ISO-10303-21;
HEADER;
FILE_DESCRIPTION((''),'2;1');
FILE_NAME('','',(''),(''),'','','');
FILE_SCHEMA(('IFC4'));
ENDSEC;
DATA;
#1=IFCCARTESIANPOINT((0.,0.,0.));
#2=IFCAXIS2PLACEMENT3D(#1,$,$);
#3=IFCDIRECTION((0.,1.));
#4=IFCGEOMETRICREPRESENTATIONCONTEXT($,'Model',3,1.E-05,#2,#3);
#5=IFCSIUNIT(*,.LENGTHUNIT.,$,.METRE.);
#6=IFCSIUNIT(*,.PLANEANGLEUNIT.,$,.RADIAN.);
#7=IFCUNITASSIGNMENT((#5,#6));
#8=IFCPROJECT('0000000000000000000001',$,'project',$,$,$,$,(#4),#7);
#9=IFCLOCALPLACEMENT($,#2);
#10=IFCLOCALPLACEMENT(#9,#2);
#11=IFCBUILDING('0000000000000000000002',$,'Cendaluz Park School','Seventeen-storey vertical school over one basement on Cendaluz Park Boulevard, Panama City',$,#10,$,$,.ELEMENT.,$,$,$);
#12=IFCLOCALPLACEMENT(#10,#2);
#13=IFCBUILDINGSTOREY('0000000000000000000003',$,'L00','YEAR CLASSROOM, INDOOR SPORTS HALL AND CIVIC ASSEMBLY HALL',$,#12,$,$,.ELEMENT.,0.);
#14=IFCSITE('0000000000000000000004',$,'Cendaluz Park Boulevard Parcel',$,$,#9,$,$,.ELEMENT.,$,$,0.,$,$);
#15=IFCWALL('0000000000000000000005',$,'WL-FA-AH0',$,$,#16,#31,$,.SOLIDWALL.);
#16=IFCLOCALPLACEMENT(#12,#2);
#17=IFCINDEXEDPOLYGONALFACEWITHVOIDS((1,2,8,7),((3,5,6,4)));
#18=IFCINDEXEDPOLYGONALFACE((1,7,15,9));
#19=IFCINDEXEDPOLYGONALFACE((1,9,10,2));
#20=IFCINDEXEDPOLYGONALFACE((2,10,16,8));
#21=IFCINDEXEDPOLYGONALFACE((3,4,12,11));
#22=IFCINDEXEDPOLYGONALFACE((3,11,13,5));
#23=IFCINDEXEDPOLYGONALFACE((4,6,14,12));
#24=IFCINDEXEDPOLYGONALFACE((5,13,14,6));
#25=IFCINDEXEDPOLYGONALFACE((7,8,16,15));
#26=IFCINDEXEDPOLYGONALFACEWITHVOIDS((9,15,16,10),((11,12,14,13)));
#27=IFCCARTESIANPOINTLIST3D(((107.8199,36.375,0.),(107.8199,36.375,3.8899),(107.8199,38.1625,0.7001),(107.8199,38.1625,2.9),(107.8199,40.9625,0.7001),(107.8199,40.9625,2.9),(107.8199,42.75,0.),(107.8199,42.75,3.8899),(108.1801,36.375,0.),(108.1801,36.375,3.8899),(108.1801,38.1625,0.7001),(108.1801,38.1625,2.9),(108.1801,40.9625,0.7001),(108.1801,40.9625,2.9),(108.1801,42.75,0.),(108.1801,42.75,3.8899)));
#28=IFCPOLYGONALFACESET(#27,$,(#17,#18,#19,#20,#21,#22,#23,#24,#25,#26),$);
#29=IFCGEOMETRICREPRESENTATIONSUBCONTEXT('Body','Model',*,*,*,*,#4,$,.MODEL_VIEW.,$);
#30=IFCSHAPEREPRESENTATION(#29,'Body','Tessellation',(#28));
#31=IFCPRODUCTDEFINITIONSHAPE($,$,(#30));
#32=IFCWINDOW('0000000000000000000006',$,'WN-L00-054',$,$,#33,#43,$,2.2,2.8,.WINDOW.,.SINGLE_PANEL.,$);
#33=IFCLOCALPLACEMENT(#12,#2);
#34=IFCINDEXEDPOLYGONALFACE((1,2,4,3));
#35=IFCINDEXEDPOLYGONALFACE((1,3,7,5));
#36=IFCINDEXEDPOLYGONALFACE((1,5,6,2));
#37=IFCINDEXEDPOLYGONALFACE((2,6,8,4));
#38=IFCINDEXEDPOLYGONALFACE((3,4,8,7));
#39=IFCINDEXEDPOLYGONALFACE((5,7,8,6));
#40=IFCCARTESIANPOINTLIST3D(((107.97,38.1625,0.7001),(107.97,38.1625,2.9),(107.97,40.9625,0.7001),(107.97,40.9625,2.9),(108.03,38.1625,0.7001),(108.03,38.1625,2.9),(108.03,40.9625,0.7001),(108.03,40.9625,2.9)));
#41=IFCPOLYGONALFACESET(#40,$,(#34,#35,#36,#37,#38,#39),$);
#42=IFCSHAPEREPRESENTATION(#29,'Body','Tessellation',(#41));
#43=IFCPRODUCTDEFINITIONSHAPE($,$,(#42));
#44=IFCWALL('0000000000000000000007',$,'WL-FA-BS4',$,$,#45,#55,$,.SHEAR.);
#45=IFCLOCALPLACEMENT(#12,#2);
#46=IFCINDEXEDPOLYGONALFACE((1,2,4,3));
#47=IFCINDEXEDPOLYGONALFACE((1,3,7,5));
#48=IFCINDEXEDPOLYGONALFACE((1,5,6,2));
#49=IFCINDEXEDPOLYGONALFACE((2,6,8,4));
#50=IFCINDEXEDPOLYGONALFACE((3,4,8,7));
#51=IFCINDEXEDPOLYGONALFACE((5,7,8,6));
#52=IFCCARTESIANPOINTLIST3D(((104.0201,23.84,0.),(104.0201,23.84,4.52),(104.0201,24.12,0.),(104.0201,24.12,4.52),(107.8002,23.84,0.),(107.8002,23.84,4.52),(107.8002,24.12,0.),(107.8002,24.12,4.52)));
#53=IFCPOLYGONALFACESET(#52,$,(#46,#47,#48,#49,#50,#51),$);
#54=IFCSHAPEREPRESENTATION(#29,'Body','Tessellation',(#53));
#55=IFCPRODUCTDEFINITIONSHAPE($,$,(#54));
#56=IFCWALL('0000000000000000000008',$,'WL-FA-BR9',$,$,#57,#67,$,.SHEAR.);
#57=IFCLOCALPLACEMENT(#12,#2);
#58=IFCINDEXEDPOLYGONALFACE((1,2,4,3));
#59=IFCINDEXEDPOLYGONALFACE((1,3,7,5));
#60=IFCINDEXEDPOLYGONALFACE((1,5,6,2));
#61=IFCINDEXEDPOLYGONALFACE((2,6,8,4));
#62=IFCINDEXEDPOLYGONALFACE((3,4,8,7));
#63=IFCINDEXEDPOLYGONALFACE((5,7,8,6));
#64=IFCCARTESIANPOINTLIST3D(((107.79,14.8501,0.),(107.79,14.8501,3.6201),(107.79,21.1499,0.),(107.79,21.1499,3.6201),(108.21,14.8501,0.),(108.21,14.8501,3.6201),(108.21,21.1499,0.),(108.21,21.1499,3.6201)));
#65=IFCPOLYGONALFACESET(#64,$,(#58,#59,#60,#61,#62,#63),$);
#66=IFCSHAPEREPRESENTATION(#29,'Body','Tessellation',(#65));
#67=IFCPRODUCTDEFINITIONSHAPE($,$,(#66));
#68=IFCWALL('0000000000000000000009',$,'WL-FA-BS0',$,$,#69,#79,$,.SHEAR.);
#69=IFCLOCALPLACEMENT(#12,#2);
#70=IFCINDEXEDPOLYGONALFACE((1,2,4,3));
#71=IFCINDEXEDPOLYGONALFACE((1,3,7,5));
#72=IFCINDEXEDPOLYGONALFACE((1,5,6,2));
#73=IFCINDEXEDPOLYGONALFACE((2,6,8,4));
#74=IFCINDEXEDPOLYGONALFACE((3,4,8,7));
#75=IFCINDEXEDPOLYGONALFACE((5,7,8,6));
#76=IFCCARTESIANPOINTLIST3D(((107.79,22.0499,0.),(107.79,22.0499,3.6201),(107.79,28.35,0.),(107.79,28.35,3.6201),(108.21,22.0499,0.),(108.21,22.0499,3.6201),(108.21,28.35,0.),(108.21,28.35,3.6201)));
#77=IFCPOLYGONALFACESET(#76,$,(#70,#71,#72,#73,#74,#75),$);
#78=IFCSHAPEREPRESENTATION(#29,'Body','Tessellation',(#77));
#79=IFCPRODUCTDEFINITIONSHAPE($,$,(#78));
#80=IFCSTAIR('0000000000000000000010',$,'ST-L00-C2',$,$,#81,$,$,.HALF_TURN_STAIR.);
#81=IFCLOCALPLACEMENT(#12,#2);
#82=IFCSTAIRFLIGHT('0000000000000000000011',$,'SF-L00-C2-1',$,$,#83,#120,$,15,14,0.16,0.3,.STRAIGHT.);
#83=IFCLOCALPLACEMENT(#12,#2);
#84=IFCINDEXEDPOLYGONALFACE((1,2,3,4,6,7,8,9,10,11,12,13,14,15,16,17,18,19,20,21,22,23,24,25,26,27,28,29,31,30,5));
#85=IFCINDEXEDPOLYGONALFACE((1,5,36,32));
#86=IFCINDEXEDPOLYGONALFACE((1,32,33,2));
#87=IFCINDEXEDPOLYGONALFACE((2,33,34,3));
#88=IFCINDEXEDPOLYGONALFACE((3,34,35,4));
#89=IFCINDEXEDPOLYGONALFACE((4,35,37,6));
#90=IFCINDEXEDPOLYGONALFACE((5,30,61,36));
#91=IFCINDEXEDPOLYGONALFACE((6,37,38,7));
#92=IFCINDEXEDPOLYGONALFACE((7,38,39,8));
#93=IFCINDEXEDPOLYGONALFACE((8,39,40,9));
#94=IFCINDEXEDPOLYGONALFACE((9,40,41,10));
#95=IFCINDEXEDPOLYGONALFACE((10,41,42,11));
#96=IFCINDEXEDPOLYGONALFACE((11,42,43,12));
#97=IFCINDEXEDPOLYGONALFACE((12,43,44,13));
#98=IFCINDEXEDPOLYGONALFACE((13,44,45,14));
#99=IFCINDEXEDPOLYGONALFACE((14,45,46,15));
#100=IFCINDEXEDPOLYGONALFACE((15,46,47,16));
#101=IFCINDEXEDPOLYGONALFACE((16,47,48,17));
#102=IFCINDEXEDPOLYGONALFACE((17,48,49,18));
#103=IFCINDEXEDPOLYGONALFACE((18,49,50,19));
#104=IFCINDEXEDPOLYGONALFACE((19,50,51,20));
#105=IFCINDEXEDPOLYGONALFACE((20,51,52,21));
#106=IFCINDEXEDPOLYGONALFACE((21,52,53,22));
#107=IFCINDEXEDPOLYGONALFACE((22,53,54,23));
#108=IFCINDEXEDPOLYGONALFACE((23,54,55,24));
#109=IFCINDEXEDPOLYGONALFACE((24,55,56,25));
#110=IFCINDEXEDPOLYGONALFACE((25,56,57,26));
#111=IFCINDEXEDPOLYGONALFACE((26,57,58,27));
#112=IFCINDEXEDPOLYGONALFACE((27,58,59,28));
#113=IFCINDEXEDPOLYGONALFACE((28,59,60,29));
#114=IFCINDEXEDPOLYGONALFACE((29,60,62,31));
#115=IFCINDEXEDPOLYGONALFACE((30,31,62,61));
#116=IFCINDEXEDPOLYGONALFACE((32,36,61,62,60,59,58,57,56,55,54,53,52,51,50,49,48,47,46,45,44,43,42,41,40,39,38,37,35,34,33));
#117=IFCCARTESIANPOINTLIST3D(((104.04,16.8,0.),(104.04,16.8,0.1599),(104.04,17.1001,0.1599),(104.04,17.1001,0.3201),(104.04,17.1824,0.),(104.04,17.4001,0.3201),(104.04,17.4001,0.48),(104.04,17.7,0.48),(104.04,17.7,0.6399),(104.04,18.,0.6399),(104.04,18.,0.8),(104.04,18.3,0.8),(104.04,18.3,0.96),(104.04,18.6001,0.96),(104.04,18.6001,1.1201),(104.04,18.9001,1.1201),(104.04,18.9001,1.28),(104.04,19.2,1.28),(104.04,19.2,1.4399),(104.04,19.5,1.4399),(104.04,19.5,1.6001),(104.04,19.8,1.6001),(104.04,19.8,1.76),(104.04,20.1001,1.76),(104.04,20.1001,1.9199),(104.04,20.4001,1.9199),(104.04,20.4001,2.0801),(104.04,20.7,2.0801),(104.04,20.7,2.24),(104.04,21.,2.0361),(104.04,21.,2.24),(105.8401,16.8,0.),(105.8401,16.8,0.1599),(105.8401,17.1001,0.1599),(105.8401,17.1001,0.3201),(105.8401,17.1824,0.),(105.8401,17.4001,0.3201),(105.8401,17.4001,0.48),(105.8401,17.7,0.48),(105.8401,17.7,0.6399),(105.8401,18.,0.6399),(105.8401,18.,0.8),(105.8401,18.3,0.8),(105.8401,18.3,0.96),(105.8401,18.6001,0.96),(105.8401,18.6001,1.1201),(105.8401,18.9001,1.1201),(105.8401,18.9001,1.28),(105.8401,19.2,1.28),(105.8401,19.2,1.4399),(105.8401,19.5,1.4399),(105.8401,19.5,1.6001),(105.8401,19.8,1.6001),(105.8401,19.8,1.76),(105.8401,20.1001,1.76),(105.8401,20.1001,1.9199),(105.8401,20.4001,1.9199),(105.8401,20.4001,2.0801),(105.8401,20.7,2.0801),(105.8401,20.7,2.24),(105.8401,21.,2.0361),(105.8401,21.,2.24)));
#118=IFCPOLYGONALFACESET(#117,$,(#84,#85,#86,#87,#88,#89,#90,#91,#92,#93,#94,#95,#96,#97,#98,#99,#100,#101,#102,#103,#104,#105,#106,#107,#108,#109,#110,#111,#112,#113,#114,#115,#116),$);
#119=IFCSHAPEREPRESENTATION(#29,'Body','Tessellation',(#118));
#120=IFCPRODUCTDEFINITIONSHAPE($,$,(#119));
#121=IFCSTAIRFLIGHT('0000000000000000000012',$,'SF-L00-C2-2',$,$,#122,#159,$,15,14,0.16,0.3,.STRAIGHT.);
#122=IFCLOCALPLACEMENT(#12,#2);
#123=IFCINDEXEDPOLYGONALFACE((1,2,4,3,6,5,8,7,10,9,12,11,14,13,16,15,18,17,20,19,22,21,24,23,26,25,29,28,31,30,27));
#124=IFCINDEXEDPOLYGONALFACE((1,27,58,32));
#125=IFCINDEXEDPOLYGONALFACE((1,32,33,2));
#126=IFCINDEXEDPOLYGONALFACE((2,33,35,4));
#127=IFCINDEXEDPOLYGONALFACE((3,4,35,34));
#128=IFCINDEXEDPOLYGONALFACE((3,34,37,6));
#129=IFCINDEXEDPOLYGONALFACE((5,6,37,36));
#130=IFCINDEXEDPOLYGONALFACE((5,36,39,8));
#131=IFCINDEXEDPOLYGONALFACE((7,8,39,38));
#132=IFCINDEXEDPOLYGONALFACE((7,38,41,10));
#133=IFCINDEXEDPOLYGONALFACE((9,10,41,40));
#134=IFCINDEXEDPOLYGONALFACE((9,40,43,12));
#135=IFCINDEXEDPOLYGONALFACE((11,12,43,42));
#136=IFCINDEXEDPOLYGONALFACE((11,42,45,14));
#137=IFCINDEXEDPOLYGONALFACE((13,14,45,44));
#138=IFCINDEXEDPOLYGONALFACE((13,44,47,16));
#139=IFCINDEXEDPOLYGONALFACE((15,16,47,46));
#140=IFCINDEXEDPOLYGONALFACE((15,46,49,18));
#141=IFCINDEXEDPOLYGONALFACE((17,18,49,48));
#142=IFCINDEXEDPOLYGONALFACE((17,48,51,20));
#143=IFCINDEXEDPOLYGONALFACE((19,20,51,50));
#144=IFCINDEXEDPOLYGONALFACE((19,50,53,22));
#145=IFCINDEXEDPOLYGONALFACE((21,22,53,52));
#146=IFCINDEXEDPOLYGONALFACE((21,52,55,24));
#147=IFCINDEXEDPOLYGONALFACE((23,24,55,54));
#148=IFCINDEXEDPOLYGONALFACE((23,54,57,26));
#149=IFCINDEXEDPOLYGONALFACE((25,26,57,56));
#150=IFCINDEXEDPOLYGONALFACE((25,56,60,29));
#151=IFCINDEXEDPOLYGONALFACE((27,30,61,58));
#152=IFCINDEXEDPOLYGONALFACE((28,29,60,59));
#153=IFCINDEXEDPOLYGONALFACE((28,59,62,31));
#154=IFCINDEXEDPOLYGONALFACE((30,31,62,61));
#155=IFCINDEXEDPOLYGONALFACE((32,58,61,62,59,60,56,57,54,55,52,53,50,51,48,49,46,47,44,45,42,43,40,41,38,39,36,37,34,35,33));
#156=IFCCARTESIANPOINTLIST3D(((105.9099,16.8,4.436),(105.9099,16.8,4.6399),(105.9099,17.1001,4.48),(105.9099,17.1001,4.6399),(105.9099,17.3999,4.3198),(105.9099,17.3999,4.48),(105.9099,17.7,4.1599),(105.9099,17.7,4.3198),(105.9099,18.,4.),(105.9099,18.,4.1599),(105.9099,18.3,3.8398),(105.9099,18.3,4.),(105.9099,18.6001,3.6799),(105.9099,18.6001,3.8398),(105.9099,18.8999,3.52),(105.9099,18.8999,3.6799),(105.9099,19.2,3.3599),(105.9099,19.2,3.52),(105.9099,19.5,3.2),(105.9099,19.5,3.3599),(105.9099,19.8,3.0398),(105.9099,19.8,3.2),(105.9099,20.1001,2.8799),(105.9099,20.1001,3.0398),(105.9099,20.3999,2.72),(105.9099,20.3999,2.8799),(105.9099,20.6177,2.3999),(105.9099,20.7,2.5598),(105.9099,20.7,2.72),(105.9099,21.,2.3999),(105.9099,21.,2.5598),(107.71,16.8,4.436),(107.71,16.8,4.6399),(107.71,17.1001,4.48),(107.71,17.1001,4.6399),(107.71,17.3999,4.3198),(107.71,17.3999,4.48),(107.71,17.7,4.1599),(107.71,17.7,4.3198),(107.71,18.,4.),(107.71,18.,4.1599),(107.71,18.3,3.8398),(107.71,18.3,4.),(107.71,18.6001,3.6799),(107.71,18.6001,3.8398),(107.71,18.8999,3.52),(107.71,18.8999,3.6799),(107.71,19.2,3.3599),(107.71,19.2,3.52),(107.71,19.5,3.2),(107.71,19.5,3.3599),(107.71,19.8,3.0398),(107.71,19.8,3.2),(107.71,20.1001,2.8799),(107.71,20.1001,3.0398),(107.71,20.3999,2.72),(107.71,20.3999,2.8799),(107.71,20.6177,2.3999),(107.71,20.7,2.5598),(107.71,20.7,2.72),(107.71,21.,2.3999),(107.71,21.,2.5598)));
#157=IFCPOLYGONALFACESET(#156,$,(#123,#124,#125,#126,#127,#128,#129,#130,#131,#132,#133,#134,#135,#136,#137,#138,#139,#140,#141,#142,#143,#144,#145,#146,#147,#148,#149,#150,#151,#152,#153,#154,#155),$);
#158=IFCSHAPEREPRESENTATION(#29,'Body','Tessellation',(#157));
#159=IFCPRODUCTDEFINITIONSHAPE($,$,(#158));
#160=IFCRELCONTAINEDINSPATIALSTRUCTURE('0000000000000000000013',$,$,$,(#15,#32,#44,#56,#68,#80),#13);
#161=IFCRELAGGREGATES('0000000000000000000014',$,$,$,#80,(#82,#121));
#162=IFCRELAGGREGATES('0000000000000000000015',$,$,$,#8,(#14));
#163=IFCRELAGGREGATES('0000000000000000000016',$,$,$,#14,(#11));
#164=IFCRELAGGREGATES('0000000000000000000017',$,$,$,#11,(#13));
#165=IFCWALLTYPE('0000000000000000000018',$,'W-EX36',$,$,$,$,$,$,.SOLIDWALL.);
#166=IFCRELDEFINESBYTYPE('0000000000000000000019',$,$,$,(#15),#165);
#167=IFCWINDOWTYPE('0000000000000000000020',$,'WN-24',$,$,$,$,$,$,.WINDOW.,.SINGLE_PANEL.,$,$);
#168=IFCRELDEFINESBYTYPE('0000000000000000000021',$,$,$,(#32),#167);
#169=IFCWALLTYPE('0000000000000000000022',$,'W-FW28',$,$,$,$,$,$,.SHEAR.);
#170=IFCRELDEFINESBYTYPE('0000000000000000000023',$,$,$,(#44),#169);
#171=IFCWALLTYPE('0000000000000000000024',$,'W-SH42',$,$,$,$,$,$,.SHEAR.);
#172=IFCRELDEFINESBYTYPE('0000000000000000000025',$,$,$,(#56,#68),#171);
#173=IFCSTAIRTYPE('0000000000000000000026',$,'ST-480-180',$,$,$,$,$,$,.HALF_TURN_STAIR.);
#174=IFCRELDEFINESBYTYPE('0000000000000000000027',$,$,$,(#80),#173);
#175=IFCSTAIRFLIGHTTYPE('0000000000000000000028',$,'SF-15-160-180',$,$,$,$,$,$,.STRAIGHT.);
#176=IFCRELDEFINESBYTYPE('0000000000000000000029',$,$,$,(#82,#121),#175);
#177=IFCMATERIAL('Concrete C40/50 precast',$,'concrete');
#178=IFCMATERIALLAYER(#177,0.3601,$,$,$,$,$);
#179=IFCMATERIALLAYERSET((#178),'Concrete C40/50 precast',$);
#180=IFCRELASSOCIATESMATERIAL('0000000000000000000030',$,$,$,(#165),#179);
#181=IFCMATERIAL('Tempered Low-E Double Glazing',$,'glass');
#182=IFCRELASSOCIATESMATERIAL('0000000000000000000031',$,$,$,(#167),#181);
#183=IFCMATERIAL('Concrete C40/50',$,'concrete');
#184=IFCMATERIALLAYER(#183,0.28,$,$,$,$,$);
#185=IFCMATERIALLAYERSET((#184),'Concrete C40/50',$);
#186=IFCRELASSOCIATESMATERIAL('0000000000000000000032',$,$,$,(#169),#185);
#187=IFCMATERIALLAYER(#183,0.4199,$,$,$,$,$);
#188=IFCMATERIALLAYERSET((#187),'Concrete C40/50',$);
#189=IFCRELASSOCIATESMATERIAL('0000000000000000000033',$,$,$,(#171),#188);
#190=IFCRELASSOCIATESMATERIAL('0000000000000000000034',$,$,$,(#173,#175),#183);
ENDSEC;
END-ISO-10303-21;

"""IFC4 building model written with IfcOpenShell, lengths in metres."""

from ifc_helpers import new_model, si_unit, direction, frame, frame_2d, origin, place, context, subcontext, project, spatial, polyline, rectangle, outline, extrude, material, layer, layer_set, type_object, element, fill, aggregate, save


model = new_model("IFC4")

# Units and contexts
model_context = context("Model", 3, precision=1e-05, world=origin(), true_north=direction((0.0, 1.0)))
body_context = subcontext(model_context, "Body", "Model", "MODEL_VIEW")
ifc_project = project(units=[si_unit("LENGTHUNIT", "METRE"), si_unit("PLANEANGLEUNIT", "RADIAN")], contexts=[model_context])

# Site, building, storey
site_placement = place(None, origin())
site = spatial("IfcSite", under=ifc_project, at=site_placement, Name="Cendaluz Park Boulevard Parcel", CompositionType="ELEMENT", RefElevation=0.0)
building_placement = place(site_placement, origin())
building = spatial("IfcBuilding", under=site, at=building_placement, Name="Cendaluz Park School", Description="Seventeen-storey vertical school over one basement on Cendaluz Park Boulevard, Panama City", CompositionType="ELEMENT")
storey_placement = place(building_placement, origin())
storey = spatial("IfcBuildingStorey", under=building, at=storey_placement, Name="L00", Description="YEAR CLASSROOM, INDOOR SPORTS HALL AND CIVIC ASSEMBLY HALL", CompositionType="ELEMENT", Elevation=0.0)

# Shared definitions
ifc_material_1 = material(Name="Concrete C40/50", Category="concrete")

# Wall, opening, window
ifc_material_2 = material(Name="Concrete C40/50 precast", Category="concrete")
ifc_layer_1 = layer(ifc_material_2, 0.3601)
ifc_layer_set_1 = layer_set([ifc_layer_1], Name="Concrete C40/50 precast")
wall_type_1 = type_object("IfcWallType", Name="W-EX36", PredefinedType="SOLIDWALL", material=ifc_layer_set_1)
ifc_material_3 = material(Name="Tempered Low-E Double Glazing", Category="glass")
wall_1_placement = place(storey_placement, frame((108.0, 36.375, 0.0), z_axis=(0.0, 0.0, 1.0), x_axis=(0.0, 1.0, 0.0)))
wall_1 = element("IfcWall", 1, at=wall_1_placement, inside=storey, type_object=wall_type_1, Name="WL-FA-AH0", PredefinedType="SOLIDWALL", context=body_context, shape_type="SweptSolid", body=[
    extrude(rectangle(XDim=6.375, YDim=0.3601, at=frame_2d((3.1875, 0.0))), origin(), (0.0, 0.0, 1.0), 3.8899),
])
opening_1_placement = place(wall_1_placement, frame((1.7876, 0.0, 0.7)))
opening_1 = element("IfcOpeningElement", 2, at=opening_1_placement, cuts=wall_1, PredefinedType="OPENING", context=body_context, shape_type="SweptSolid", body=[
    extrude(rectangle(XDim=2.8, YDim=2.2, at=frame_2d((1.3999, 1.1001))), frame((0.0, 0.1921, 0.0), z_axis=(0.0, -1.0, 0.0), x_axis=(1.0, 0.0, 0.0)), (0.0, 0.0, 1.0), 0.384),
])
window_type_1 = type_object("IfcWindowType", Name="WN-24", PartitioningType="SINGLE_PANEL", PredefinedType="WINDOW", material=ifc_material_3)
window_1_placement = place(opening_1_placement, origin())
window_1 = element("IfcWindow", 3, at=window_1_placement, inside=storey, type_object=window_type_1, Name="WN-L00-054", OverallHeight=2.2, OverallWidth=2.8, PartitioningType="SINGLE_PANEL", PredefinedType="WINDOW", context=body_context, shape_type="SweptSolid", body=[
    extrude(rectangle(XDim=2.8, YDim=2.2, at=frame_2d((1.3999, 1.1001))), frame((0.0, 0.03, 0.0), z_axis=(0.0, -1.0, 0.0), x_axis=(1.0, 0.0, 0.0)), (0.0, 0.0, 1.0), 0.0601),
])
fill(opening_1, window_1)

# Walls
ifc_layer_2 = layer(ifc_material_1, 0.28)
ifc_layer_set_2 = layer_set([ifc_layer_2], Name="Concrete C40/50")
wall_type_2 = type_object("IfcWallType", Name="W-FW28", PredefinedType="SHEAR", material=ifc_layer_set_2)
wall_2_placement = place(storey_placement, frame((104.02, 23.98, 0.0), z_axis=(0.0, 0.0, 1.0), x_axis=(1.0, 0.0, 0.0)))
element("IfcWall", 4, at=wall_2_placement, inside=storey, type_object=wall_type_2, Name="WL-FA-BS4", PredefinedType="SHEAR", context=body_context, shape_type="SweptSolid", body=[
    extrude(rectangle(XDim=3.78, YDim=0.28, at=frame_2d((1.8901, 0.0))), origin(), (0.0, 0.0, 1.0), 4.52),
])
ifc_layer_3 = layer(ifc_material_1, 0.4199)
ifc_layer_set_3 = layer_set([ifc_layer_3], Name="Concrete C40/50")
wall_type_3 = type_object("IfcWallType", Name="W-SH42", PredefinedType="SHEAR", material=ifc_layer_set_3)
wall_3_placement = place(storey_placement, frame((108.0, 14.8501, 0.0), z_axis=(0.0, 0.0, 1.0), x_axis=(0.0, 1.0, 0.0)))
element("IfcWall", 5, at=wall_3_placement, inside=storey, type_object=wall_type_3, Name="WL-FA-BR9", PredefinedType="SHEAR", context=body_context, shape_type="SweptSolid", body=[
    extrude(rectangle(XDim=6.2998, YDim=0.4199, at=frame_2d((3.1499, 0.0))), origin(), (0.0, 0.0, 1.0), 3.6201),
])
wall_4_placement = place(storey_placement, frame((108.0, 22.05, 0.0), z_axis=(0.0, 0.0, 1.0), x_axis=(0.0, 1.0, 0.0)))
element("IfcWall", 6, at=wall_4_placement, inside=storey, type_object=wall_type_3, Name="WL-FA-BS0", PredefinedType="SHEAR", context=body_context, shape_type="SweptSolid", body=[
    extrude(rectangle(XDim=6.3, YDim=0.4199, at=frame_2d((3.1499, 0.0))), origin(), (0.0, 0.0, 1.0), 3.6201),
])

# Stair, stair flights
stair_type = type_object("IfcStairType", Name="ST-480-180", PredefinedType="HALF_TURN_STAIR", material=ifc_material_1)
stair_placement = place(storey_placement, origin())
stair = element("IfcStair", 7, at=stair_placement, inside=storey, type_object=stair_type, Name="ST-L00-C2", PredefinedType="HALF_TURN_STAIR")
stair_flight_type = type_object("IfcStairFlightType", Name="SF-15-160-180", PredefinedType="STRAIGHT", material=ifc_material_1)
stair_flight_1_placement = place(storey_placement, frame((104.9399, 16.8, 0.0), z_axis=(0.0, 0.0, 1.0), x_axis=(0.0, 1.0, 0.0)))
stair_flight_1 = element("IfcStairFlight", 8, at=stair_flight_1_placement, type_object=stair_flight_type, Name="SF-L00-C2-1", NumberOfRisers=15, NumberOfTreads=14, PredefinedType="STRAIGHT", RiserHeight=0.16, TreadLength=0.3, context=body_context, shape_type="SweptSolid", body=[
    extrude(outline(polyline([(0.0, 0.0), (0.0, 0.1599), (0.3, 0.1599), (0.3, 0.3201), (0.6001, 0.3201), (0.6001, 0.48), (0.8999, 0.48), (0.8999, 0.6399), (1.2, 0.6399), (1.2, 0.8), (1.5, 0.8), (1.5, 0.96), (1.8, 0.96), (1.8, 1.1201), (2.1001, 1.1201), (2.1001, 1.28), (2.3999, 1.28), (2.3999, 1.4399), (2.7, 1.4399), (2.7, 1.6001), (3.0, 1.6001), (3.0, 1.76), (3.3, 1.76), (3.3, 1.9199), (3.6001, 1.9199), (3.6001, 2.0801), (3.8999, 2.0801), (3.8999, 2.24), (4.2, 2.24), (4.2, 2.3999), (4.2, 2.0361), (0.3823, 0.0), (0.0, 0.0)])), frame((0.0, 0.8999, 0.0), z_axis=(0.0, -1.0, 0.0), x_axis=(1.0, 0.0, 0.0)), (0.0, 0.0, 1.0), 1.8),
])
stair_flight_2_placement = place(storey_placement, frame((106.8101, 21.0, 2.3999), z_axis=(0.0, 0.0, 1.0), x_axis=(0.0, -1.0, 0.0)))
stair_flight_2 = element("IfcStairFlight", 9, at=stair_flight_2_placement, type_object=stair_flight_type, Name="SF-L00-C2-2", NumberOfRisers=15, NumberOfTreads=14, PredefinedType="STRAIGHT", RiserHeight=0.16, TreadLength=0.3, context=body_context, shape_type="SweptSolid", body=[
    extrude(outline(polyline([(0.0, 0.0), (0.0, 0.1599), (0.3, 0.1599), (0.3, 0.3201), (0.6001, 0.3201), (0.6001, 0.48), (0.8999, 0.48), (0.8999, 0.6399), (1.2, 0.6399), (1.2, 0.8), (1.5, 0.8), (1.5, 0.96), (1.8, 0.96), (1.8, 1.1201), (2.1001, 1.1201), (2.1001, 1.28), (2.3999, 1.28), (2.3999, 1.4399), (2.7, 1.4399), (2.7, 1.6001), (3.0, 1.6001), (3.0, 1.76), (3.3, 1.76), (3.3, 1.9199), (3.6001, 1.9199), (3.6001, 2.0801), (3.8999, 2.0801), (3.8999, 2.24), (4.2, 2.24), (4.2, 2.3999), (4.2, 2.0361), (0.3823, 0.0), (0.0, 0.0)])), frame((0.0, 0.8999, 0.0), z_axis=(0.0, -1.0, 0.0), x_axis=(1.0, 0.0, 0.0)), (0.0, 0.0, 1.0), 1.8),
])
aggregate(stair, [stair_flight_1, stair_flight_2])

save(model, "model.ifc")
